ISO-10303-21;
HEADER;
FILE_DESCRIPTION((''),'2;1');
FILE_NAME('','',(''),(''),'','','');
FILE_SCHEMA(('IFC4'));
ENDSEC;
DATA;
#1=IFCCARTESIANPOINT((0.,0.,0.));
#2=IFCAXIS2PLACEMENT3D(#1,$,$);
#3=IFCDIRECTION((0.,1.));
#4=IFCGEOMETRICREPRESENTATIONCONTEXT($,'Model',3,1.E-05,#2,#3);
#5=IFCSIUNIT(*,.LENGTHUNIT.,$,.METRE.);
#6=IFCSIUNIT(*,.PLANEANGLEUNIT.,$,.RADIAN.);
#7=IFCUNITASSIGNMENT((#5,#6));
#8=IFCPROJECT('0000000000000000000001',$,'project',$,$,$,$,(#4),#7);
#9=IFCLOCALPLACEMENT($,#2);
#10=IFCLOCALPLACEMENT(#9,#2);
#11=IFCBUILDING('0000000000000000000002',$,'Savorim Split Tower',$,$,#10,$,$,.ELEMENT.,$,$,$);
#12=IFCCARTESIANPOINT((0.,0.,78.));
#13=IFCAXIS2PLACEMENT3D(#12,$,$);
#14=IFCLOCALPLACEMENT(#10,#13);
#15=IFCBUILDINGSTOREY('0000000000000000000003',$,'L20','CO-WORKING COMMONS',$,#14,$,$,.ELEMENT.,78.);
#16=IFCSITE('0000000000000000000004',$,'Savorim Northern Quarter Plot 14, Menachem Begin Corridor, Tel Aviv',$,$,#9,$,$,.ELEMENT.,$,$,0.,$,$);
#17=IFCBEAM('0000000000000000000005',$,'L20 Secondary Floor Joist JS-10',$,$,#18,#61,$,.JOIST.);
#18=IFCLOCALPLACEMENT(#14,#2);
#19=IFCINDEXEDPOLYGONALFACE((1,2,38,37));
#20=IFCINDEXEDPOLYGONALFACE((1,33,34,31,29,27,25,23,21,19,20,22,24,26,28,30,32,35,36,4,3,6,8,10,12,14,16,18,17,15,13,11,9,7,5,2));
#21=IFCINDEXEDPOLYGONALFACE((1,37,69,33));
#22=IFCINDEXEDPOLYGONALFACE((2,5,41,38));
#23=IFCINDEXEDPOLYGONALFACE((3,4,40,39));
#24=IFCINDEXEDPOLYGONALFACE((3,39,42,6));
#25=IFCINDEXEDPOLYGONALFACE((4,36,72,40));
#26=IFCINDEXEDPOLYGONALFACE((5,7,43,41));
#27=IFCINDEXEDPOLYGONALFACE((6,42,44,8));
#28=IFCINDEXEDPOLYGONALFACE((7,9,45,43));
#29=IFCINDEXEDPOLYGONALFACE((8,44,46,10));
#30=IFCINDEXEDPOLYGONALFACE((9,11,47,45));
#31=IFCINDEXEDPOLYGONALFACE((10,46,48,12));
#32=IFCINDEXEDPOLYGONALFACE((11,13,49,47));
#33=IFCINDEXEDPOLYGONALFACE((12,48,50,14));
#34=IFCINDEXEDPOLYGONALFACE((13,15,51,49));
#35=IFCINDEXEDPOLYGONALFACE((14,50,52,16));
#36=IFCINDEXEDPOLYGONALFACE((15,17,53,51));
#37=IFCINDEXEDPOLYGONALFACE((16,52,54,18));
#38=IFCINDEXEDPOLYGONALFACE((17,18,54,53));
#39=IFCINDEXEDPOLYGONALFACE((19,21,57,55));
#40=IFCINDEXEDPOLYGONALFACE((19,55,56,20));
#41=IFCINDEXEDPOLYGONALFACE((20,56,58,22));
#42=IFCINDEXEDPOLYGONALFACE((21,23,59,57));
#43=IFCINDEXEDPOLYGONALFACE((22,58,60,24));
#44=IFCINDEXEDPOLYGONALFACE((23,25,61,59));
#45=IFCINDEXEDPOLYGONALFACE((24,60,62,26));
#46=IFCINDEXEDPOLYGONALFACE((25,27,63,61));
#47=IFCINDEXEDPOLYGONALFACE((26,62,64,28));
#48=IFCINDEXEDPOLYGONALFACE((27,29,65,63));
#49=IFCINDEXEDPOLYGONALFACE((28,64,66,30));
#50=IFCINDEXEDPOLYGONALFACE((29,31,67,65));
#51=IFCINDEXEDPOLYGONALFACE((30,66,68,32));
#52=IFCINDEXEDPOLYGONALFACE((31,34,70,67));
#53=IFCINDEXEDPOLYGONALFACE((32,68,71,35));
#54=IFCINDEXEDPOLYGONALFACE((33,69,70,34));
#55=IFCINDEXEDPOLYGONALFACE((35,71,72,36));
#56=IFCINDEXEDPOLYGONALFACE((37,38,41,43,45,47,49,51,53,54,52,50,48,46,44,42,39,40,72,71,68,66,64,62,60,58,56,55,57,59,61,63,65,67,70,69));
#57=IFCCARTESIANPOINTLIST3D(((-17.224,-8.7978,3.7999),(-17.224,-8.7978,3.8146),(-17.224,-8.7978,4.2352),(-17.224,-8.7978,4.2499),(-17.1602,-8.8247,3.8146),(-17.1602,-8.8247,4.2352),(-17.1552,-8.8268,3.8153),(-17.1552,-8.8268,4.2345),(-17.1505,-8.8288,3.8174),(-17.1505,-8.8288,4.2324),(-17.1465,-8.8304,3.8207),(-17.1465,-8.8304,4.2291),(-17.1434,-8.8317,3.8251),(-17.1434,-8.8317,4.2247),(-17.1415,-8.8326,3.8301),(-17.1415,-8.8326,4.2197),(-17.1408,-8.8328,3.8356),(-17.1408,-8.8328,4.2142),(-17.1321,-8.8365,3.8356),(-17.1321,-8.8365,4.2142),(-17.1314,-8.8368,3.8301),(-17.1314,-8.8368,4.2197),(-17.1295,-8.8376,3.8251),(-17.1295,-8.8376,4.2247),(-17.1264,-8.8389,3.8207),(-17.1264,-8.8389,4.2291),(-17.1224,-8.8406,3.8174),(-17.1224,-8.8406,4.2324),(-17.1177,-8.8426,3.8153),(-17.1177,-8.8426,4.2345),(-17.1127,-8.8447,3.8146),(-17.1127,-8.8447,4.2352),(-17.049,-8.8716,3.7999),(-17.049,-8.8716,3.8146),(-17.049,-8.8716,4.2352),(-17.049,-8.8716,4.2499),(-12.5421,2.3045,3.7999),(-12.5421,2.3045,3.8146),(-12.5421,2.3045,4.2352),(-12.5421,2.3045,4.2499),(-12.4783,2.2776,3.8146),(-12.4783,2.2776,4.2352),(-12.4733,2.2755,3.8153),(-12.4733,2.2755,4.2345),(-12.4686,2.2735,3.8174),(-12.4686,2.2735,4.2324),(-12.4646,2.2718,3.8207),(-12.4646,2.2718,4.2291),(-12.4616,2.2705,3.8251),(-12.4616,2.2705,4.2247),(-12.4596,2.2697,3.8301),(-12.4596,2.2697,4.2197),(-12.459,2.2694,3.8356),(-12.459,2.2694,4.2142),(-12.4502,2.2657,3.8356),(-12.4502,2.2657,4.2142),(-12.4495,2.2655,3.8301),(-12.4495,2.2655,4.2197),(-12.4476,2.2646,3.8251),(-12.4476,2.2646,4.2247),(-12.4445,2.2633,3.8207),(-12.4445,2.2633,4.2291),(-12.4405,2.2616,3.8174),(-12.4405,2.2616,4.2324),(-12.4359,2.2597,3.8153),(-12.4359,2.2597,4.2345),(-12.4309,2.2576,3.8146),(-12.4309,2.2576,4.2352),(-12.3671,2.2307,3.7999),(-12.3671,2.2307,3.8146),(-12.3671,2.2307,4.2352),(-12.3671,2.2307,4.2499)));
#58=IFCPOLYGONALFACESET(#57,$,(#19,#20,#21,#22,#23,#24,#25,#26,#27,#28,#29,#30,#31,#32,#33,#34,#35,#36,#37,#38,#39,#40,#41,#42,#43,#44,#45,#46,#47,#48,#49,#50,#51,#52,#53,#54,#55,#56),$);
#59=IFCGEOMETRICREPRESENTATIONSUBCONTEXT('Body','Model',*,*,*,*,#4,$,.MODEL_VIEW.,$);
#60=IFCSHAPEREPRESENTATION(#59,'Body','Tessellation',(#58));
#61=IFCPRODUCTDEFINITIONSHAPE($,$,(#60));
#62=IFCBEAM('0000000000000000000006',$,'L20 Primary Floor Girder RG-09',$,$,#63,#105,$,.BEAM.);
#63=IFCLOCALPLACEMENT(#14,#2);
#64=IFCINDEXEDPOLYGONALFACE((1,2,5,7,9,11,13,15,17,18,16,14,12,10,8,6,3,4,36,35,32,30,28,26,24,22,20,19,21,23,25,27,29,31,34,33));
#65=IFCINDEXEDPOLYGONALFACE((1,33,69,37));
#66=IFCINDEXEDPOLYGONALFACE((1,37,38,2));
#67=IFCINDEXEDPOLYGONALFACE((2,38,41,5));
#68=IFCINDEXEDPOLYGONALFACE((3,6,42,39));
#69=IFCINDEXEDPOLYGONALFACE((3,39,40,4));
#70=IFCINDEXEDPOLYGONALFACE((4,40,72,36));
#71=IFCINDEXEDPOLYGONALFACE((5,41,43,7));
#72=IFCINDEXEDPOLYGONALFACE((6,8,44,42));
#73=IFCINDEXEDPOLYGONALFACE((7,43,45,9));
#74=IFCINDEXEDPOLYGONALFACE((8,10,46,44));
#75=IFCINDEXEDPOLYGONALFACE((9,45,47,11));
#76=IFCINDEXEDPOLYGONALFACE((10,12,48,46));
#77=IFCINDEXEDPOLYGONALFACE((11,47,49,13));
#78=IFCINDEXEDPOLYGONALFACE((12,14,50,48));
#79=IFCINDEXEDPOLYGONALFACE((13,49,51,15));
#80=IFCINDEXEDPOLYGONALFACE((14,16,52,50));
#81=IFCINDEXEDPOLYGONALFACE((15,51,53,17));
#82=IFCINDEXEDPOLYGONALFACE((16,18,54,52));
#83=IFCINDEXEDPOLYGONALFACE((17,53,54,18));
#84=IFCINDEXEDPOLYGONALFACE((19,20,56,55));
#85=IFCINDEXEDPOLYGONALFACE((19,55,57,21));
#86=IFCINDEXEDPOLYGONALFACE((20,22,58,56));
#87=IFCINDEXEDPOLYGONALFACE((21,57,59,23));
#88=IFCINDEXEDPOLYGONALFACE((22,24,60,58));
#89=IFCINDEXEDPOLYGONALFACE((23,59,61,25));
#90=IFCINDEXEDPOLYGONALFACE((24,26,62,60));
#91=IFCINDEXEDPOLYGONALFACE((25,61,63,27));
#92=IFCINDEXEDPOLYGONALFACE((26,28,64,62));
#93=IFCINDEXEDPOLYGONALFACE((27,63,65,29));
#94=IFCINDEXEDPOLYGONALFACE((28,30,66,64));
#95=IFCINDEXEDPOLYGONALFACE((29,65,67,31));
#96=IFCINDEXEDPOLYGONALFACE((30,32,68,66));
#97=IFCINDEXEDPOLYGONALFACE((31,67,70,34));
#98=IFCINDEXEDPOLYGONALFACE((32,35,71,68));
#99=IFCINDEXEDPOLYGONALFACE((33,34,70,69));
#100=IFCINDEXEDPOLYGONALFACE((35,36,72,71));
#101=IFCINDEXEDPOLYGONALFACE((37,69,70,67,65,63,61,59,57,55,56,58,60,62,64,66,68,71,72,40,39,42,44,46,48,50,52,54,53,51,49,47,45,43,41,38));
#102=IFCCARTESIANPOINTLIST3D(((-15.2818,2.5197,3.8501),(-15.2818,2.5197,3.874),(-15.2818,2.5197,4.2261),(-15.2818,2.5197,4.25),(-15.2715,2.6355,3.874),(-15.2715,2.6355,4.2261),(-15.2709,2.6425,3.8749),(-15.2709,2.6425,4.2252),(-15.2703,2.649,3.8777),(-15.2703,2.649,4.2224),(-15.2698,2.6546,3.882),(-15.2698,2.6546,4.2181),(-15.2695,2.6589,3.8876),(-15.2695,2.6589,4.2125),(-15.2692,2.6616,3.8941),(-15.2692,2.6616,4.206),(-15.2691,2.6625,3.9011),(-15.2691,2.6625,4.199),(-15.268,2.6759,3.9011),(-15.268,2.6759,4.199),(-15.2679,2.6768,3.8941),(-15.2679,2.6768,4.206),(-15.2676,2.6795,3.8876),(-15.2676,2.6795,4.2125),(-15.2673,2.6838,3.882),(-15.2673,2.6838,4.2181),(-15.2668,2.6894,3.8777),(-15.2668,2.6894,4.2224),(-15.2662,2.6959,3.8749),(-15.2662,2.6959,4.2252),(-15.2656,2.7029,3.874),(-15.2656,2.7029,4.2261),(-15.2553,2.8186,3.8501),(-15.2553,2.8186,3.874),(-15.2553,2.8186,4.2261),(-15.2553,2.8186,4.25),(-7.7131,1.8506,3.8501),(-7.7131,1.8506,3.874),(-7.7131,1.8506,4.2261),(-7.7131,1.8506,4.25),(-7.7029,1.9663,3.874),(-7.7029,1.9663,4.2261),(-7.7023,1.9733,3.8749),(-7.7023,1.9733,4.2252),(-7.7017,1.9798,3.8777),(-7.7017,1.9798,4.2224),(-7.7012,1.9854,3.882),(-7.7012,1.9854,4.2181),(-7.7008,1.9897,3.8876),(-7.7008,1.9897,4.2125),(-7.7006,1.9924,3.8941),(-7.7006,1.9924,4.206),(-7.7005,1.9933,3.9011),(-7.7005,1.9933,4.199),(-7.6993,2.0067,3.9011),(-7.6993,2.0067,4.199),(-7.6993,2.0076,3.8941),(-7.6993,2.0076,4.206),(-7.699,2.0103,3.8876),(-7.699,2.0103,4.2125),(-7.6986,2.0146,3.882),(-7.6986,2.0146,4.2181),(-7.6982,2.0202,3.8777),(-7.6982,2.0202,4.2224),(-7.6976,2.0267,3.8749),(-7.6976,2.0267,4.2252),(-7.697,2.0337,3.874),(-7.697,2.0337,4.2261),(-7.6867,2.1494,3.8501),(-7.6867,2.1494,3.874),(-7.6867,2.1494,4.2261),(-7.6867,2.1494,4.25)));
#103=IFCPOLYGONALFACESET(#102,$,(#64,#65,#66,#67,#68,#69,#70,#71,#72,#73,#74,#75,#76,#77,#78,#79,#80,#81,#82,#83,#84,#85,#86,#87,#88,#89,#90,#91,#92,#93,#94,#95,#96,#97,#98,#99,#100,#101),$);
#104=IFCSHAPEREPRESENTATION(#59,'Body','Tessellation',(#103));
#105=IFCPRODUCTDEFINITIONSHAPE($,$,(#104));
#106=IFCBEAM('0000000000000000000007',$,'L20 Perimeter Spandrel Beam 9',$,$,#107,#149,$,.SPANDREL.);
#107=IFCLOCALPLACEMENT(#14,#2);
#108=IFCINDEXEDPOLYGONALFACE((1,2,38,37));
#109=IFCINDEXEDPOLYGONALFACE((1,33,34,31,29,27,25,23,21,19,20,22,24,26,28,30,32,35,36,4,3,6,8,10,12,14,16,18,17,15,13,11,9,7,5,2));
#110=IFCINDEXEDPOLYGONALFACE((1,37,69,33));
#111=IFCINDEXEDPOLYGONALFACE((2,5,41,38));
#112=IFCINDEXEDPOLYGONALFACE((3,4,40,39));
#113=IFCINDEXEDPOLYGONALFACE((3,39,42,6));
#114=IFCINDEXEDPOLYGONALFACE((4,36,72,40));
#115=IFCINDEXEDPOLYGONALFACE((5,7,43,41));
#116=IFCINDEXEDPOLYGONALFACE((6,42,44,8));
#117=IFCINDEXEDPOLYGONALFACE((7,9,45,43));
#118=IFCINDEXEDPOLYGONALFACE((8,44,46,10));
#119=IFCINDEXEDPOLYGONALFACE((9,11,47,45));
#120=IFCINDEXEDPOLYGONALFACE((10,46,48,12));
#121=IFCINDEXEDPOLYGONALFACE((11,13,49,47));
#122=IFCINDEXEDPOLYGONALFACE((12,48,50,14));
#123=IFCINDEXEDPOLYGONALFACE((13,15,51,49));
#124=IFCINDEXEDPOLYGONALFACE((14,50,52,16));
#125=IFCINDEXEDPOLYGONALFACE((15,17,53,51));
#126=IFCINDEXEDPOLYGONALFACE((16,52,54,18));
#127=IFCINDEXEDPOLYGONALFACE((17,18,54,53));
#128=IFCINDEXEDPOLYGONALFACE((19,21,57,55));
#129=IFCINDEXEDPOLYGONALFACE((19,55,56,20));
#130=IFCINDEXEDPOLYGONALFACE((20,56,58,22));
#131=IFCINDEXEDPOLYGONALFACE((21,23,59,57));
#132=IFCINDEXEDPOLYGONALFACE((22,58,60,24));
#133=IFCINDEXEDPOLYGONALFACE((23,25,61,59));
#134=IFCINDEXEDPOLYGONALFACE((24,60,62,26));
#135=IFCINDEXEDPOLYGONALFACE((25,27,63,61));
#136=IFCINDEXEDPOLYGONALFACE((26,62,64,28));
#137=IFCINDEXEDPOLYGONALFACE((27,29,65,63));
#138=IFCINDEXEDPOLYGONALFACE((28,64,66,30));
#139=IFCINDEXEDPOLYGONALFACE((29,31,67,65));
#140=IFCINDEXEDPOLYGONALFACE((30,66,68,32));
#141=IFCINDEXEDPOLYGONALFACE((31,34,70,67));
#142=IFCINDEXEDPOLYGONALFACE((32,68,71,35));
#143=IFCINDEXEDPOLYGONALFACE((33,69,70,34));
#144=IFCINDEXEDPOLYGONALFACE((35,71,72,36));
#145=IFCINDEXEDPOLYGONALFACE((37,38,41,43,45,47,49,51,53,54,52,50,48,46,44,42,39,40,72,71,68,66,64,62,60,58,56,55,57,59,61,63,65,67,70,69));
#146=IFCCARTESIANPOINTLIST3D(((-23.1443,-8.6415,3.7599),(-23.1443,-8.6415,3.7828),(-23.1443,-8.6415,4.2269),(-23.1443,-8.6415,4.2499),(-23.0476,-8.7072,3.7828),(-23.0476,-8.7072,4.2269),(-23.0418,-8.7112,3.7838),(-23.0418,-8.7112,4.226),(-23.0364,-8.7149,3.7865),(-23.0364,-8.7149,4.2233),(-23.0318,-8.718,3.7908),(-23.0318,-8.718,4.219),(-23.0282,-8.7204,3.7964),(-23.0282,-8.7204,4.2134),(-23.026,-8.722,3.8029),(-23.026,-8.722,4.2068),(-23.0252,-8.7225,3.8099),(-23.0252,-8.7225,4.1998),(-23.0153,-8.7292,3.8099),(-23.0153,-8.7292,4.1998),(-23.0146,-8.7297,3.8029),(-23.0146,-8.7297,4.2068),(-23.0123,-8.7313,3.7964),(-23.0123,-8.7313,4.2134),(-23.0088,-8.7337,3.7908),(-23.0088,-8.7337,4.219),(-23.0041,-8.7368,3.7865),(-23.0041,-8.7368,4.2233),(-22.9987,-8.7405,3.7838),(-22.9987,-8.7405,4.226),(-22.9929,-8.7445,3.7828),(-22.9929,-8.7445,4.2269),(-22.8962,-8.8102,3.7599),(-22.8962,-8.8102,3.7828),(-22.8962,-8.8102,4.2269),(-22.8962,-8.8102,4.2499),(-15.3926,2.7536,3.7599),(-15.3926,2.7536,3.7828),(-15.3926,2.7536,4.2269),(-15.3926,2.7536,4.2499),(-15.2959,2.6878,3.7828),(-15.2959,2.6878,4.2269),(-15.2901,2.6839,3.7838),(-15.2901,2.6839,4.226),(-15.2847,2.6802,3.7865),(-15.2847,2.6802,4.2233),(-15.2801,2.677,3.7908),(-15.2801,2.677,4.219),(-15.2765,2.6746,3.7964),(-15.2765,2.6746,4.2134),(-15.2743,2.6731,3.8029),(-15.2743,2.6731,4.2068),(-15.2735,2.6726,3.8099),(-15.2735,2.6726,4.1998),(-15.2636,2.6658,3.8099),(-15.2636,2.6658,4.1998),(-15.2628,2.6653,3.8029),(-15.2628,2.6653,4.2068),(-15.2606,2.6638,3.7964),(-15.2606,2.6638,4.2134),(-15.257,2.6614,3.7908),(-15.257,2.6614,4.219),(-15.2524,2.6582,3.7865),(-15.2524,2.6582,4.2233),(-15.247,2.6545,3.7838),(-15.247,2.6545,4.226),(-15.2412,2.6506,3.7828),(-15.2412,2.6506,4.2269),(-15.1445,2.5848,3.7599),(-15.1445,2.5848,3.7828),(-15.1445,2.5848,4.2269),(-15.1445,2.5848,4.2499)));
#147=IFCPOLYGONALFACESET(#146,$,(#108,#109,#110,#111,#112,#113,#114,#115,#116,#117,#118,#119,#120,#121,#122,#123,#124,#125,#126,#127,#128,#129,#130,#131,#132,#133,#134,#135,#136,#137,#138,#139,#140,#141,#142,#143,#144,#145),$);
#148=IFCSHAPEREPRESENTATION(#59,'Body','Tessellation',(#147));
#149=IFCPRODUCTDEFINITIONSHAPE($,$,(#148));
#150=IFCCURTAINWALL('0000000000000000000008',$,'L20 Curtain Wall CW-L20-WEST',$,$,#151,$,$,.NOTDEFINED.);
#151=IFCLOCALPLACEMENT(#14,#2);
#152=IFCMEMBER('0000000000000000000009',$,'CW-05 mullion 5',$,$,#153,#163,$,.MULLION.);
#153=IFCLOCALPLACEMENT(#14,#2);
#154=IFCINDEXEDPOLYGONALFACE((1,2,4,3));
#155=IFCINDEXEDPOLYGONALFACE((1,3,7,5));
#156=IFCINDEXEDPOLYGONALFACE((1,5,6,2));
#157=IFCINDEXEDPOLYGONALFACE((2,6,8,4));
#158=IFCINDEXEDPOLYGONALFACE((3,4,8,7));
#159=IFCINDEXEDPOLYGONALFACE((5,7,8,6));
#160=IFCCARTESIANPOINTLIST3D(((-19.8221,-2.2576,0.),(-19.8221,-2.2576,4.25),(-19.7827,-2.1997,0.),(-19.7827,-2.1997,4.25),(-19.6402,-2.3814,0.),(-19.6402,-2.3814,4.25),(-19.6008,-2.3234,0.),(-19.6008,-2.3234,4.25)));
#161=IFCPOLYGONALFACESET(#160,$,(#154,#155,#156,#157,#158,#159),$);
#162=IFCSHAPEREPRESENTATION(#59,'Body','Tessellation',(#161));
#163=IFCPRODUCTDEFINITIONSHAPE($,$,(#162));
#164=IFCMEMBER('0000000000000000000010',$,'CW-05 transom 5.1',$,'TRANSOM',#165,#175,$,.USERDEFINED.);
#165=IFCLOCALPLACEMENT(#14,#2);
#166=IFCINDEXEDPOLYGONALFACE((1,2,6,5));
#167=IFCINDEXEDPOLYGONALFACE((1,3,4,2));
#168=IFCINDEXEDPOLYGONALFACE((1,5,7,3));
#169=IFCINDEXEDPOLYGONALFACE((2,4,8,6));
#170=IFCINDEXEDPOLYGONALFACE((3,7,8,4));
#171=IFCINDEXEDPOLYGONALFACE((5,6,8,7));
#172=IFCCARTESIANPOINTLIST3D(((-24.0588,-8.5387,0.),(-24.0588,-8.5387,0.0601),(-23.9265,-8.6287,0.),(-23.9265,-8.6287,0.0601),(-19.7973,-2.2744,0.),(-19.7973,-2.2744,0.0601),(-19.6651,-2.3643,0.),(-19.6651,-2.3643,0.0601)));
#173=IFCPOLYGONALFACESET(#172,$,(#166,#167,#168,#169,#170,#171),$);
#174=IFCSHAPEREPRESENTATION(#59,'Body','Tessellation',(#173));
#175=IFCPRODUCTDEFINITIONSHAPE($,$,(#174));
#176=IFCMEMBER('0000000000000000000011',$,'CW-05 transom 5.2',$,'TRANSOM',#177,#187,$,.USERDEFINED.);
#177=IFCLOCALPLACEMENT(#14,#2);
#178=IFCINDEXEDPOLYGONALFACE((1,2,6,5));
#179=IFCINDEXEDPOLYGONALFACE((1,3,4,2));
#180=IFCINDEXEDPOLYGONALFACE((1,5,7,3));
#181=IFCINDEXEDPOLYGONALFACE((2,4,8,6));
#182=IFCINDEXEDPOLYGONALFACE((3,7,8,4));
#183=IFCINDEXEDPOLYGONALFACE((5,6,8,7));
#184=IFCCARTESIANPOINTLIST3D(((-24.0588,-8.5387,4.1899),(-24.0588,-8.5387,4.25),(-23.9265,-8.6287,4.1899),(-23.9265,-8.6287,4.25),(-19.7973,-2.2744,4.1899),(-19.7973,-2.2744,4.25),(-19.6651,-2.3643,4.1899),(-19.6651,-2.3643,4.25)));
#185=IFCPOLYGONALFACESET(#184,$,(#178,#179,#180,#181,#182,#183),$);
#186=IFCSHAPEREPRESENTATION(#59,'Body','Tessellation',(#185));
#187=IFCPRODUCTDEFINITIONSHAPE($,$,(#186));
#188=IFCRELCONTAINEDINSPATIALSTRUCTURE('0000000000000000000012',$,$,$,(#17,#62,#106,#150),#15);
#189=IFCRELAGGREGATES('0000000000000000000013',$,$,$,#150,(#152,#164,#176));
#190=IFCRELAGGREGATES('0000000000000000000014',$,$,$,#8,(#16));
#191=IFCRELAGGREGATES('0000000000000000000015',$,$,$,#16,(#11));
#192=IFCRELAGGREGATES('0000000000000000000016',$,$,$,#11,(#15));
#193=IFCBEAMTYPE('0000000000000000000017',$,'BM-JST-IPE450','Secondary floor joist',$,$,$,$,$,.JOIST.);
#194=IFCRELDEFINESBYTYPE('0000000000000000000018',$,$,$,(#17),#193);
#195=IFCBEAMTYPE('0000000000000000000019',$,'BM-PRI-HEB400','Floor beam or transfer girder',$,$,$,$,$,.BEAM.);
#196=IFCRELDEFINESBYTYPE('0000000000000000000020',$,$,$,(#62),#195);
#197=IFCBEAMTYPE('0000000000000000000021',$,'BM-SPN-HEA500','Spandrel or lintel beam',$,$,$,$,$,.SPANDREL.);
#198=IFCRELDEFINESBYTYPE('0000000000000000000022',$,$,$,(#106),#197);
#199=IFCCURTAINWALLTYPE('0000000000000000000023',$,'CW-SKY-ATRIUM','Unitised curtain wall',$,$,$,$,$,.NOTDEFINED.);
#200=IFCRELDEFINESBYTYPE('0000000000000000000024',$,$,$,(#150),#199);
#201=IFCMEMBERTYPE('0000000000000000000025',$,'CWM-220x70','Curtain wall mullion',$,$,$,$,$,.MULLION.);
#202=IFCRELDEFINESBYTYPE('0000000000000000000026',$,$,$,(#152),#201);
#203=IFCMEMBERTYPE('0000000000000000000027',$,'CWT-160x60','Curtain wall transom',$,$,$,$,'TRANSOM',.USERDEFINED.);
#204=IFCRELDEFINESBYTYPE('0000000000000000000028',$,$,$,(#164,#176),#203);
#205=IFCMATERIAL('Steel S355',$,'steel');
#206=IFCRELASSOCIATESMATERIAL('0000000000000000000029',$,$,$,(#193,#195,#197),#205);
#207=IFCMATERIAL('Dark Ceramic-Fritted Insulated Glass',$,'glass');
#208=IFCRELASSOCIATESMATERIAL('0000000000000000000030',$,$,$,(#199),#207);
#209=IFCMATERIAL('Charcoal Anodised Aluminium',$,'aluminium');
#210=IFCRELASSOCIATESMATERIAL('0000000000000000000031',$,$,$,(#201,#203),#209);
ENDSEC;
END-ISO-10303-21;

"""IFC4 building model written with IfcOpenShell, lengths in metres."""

from ifc_helpers import new_model, si_unit, direction, frame, origin, origin_2d, place, context, subcontext, project, spatial, rectangle, i_section, extrude, material, material_profile, profile_set, type_object, element, aggregate, save


model = new_model("IFC4")

# Units and contexts
model_context = context("Model", 3, precision=1e-05, world=origin(), true_north=direction((0.0, 1.0)))
body_context = subcontext(model_context, "Body", "Model", "MODEL_VIEW")
ifc_project = project(units=[si_unit("LENGTHUNIT", "METRE"), si_unit("PLANEANGLEUNIT", "RADIAN")], contexts=[model_context])

# Site, building, storey
site_placement = place(None, origin())
site = spatial("IfcSite", under=ifc_project, at=site_placement, Name="Savorim Northern Quarter Plot 14, Menachem Begin Corridor, Tel Aviv", CompositionType="ELEMENT", RefElevation=0.0)
building_placement = place(site_placement, origin())
building = spatial("IfcBuilding", under=site, at=building_placement, Name="Savorim Split Tower", CompositionType="ELEMENT")
storey_placement = place(building_placement, frame((0.0, 0.0, 78.0)))
storey = spatial("IfcBuildingStorey", under=building, at=storey_placement, Name="L20", Description="CO-WORKING COMMONS", CompositionType="ELEMENT", Elevation=78.0)

# Beams
ifc_material_1 = material(Name="Steel S355", Category="steel")
ifc_material_profile_1 = material_profile(ifc_material_1, i_section(OverallWidth=0.1899, OverallDepth=0.45, WebThickness=0.0095, FlangeThickness=0.0146, FilletRadius=0.021, at=origin_2d()), Name="IPE 450")
ifc_profile_set_1 = profile_set([ifc_material_profile_1], Name="Steel S355")
beam_type_1 = type_object("IfcBeamType", Name="BM-JST-IPE450", Description="Secondary floor joist", PredefinedType="JOIST", material=ifc_profile_set_1)
beam_1_placement = place(storey_placement, frame((-12.4546, 2.2676, 4.0249), z_axis=(-0.388567, -0.921421, 0.0), x_axis=(0.921421, -0.388567, 0.0)))
element("IfcBeam", 1, at=beam_1_placement, inside=storey, type_object=beam_type_1, Name="L20 Secondary Floor Joist JS-10", PredefinedType="JOIST", context=body_context, shape_type="SweptSolid", body=[
    extrude(i_section(OverallWidth=0.1899, OverallDepth=0.45, WebThickness=0.0095, FlangeThickness=0.0146, FilletRadius=0.021, at=origin_2d()), origin(), (0.0, 0.0, 1.0), 12.0491),
])
ifc_material_profile_2 = material_profile(ifc_material_1, i_section(OverallWidth=0.3, OverallDepth=0.3999, WebThickness=0.0134, FlangeThickness=0.0239, FilletRadius=0.0271, at=origin_2d()), Name="HEB 400")
ifc_profile_set_2 = profile_set([ifc_material_profile_2], Name="Steel S355")
beam_type_2 = type_object("IfcBeamType", Name="BM-PRI-HEB400", Description="Floor beam or transfer girder", PredefinedType="BEAM", material=ifc_profile_set_2)
beam_2_placement = place(storey_placement, frame((-15.2686, 2.6692, 4.05), z_axis=(0.996114, -0.088073, 0.0), x_axis=(0.088073, 0.996114, 0.0)))
element("IfcBeam", 2, at=beam_2_placement, inside=storey, type_object=beam_type_2, Name="L20 Primary Floor Girder RG-09", PredefinedType="BEAM", context=body_context, shape_type="SweptSolid", body=[
    extrude(i_section(OverallWidth=0.3, OverallDepth=0.3999, WebThickness=0.0134, FlangeThickness=0.0239, FilletRadius=0.0271, at=origin_2d()), origin(), (0.0, 0.0, 1.0), 7.5981),
])
ifc_material_profile_3 = material_profile(ifc_material_1, i_section(OverallWidth=0.3, OverallDepth=0.49, WebThickness=0.012, FlangeThickness=0.0229, FilletRadius=0.0271, at=origin_2d()), Name="HEA 500")
ifc_profile_set_3 = profile_set([ifc_material_profile_3], Name="Steel S355")
beam_type_3 = type_object("IfcBeamType", Name="BM-SPN-HEA500", Description="Spandrel or lintel beam", PredefinedType="SPANDREL", material=ifc_profile_set_3)
beam_3_placement = place(storey_placement, frame((-15.2686, 2.6692, 4.0049), z_axis=(-0.562464, -0.826822, 0.0), x_axis=(0.826822, -0.562464, 0.0)))
element("IfcBeam", 3, at=beam_3_placement, inside=storey, type_object=beam_type_3, Name="L20 Perimeter Spandrel Beam 9", PredefinedType="SPANDREL", context=body_context, shape_type="SweptSolid", body=[
    extrude(i_section(OverallWidth=0.3, OverallDepth=0.49, WebThickness=0.012, FlangeThickness=0.0229, FilletRadius=0.0271, at=origin_2d()), origin(), (0.0, 0.0, 1.0), 13.7817),
])

# Curtain wall, members
ifc_material_2 = material(Name="Dark Ceramic-Fritted Insulated Glass", Category="glass")
curtain_wall_type = type_object("IfcCurtainWallType", Name="CW-SKY-ATRIUM", Description="Unitised curtain wall", PredefinedType="NOTDEFINED", material=ifc_material_2)
curtain_wall_placement = place(storey_placement, origin())
curtain_wall = element("IfcCurtainWall", 4, at=curtain_wall_placement, inside=storey, type_object=curtain_wall_type, Name="L20 Curtain Wall CW-L20-WEST", PredefinedType="NOTDEFINED")
ifc_material_3 = material(Name="Charcoal Anodised Aluminium", Category="aluminium")
ifc_material_profile_4 = material_profile(ifc_material_3, rectangle(XDim=0.22, YDim=0.0701, at=origin_2d()), Name="ALU-M 220x70")
ifc_profile_set_4 = profile_set([ifc_material_profile_4], Name="Charcoal Anodised Aluminium")
member_type_1 = type_object("IfcMemberType", Name="CWM-220x70", Description="Curtain wall mullion", PredefinedType="MULLION", material=ifc_profile_set_4)
member_1_placement = place(storey_placement, frame((-19.7114, -2.2905, 0.0), z_axis=(0.0, 0.0, 1.0), x_axis=(0.82682, -0.562467, 0.0)))
member_1 = element("IfcMember", 5, at=member_1_placement, type_object=member_type_1, Name="CW-05 mullion 5", PredefinedType="MULLION", context=body_context, shape_type="SweptSolid", body=[
    extrude(rectangle(XDim=0.22, YDim=0.0701, at=origin_2d()), origin(), (0.0, 0.0, 1.0), 4.25),
])
ifc_material_profile_5 = material_profile(ifc_material_3, rectangle(XDim=0.1599, YDim=0.0601, at=origin_2d()), Name="ALU-T 160x60")
ifc_profile_set_5 = profile_set([ifc_material_profile_5], Name="Charcoal Anodised Aluminium")
member_type_2 = type_object("IfcMemberType", Name="CWT-160x60", Description="Curtain wall transom", ElementType="TRANSOM", PredefinedType="USERDEFINED", material=ifc_profile_set_5)
member_2_placement = place(storey_placement, frame((-19.7312, -2.3193, 0.03), z_axis=(-0.562462, -0.826823, 0.0), x_axis=(0.826823, -0.562462, 0.0)))
member_2 = element("IfcMember", 6, at=member_2_placement, type_object=member_type_2, Name="CW-05 transom 5.1", ObjectType="TRANSOM", PredefinedType="USERDEFINED", context=body_context, shape_type="SweptSolid", body=[
    extrude(rectangle(XDim=0.1599, YDim=0.0601, at=origin_2d()), origin(), (0.0, 0.0, 1.0), 7.5764),
])
member_3_placement = place(storey_placement, frame((-19.7312, -2.3193, 4.22), z_axis=(-0.562462, -0.826823, 0.0), x_axis=(0.826823, -0.562462, 0.0)))
member_3 = element("IfcMember", 7, at=member_3_placement, type_object=member_type_2, Name="CW-05 transom 5.2", ObjectType="TRANSOM", PredefinedType="USERDEFINED", context=body_context, shape_type="SweptSolid", body=[
    extrude(rectangle(XDim=0.1599, YDim=0.0601, at=origin_2d()), origin(), (0.0, 0.0, 1.0), 7.5764),
])
aggregate(curtain_wall, [member_1, member_2, member_3])

save(model, "model.ifc")
